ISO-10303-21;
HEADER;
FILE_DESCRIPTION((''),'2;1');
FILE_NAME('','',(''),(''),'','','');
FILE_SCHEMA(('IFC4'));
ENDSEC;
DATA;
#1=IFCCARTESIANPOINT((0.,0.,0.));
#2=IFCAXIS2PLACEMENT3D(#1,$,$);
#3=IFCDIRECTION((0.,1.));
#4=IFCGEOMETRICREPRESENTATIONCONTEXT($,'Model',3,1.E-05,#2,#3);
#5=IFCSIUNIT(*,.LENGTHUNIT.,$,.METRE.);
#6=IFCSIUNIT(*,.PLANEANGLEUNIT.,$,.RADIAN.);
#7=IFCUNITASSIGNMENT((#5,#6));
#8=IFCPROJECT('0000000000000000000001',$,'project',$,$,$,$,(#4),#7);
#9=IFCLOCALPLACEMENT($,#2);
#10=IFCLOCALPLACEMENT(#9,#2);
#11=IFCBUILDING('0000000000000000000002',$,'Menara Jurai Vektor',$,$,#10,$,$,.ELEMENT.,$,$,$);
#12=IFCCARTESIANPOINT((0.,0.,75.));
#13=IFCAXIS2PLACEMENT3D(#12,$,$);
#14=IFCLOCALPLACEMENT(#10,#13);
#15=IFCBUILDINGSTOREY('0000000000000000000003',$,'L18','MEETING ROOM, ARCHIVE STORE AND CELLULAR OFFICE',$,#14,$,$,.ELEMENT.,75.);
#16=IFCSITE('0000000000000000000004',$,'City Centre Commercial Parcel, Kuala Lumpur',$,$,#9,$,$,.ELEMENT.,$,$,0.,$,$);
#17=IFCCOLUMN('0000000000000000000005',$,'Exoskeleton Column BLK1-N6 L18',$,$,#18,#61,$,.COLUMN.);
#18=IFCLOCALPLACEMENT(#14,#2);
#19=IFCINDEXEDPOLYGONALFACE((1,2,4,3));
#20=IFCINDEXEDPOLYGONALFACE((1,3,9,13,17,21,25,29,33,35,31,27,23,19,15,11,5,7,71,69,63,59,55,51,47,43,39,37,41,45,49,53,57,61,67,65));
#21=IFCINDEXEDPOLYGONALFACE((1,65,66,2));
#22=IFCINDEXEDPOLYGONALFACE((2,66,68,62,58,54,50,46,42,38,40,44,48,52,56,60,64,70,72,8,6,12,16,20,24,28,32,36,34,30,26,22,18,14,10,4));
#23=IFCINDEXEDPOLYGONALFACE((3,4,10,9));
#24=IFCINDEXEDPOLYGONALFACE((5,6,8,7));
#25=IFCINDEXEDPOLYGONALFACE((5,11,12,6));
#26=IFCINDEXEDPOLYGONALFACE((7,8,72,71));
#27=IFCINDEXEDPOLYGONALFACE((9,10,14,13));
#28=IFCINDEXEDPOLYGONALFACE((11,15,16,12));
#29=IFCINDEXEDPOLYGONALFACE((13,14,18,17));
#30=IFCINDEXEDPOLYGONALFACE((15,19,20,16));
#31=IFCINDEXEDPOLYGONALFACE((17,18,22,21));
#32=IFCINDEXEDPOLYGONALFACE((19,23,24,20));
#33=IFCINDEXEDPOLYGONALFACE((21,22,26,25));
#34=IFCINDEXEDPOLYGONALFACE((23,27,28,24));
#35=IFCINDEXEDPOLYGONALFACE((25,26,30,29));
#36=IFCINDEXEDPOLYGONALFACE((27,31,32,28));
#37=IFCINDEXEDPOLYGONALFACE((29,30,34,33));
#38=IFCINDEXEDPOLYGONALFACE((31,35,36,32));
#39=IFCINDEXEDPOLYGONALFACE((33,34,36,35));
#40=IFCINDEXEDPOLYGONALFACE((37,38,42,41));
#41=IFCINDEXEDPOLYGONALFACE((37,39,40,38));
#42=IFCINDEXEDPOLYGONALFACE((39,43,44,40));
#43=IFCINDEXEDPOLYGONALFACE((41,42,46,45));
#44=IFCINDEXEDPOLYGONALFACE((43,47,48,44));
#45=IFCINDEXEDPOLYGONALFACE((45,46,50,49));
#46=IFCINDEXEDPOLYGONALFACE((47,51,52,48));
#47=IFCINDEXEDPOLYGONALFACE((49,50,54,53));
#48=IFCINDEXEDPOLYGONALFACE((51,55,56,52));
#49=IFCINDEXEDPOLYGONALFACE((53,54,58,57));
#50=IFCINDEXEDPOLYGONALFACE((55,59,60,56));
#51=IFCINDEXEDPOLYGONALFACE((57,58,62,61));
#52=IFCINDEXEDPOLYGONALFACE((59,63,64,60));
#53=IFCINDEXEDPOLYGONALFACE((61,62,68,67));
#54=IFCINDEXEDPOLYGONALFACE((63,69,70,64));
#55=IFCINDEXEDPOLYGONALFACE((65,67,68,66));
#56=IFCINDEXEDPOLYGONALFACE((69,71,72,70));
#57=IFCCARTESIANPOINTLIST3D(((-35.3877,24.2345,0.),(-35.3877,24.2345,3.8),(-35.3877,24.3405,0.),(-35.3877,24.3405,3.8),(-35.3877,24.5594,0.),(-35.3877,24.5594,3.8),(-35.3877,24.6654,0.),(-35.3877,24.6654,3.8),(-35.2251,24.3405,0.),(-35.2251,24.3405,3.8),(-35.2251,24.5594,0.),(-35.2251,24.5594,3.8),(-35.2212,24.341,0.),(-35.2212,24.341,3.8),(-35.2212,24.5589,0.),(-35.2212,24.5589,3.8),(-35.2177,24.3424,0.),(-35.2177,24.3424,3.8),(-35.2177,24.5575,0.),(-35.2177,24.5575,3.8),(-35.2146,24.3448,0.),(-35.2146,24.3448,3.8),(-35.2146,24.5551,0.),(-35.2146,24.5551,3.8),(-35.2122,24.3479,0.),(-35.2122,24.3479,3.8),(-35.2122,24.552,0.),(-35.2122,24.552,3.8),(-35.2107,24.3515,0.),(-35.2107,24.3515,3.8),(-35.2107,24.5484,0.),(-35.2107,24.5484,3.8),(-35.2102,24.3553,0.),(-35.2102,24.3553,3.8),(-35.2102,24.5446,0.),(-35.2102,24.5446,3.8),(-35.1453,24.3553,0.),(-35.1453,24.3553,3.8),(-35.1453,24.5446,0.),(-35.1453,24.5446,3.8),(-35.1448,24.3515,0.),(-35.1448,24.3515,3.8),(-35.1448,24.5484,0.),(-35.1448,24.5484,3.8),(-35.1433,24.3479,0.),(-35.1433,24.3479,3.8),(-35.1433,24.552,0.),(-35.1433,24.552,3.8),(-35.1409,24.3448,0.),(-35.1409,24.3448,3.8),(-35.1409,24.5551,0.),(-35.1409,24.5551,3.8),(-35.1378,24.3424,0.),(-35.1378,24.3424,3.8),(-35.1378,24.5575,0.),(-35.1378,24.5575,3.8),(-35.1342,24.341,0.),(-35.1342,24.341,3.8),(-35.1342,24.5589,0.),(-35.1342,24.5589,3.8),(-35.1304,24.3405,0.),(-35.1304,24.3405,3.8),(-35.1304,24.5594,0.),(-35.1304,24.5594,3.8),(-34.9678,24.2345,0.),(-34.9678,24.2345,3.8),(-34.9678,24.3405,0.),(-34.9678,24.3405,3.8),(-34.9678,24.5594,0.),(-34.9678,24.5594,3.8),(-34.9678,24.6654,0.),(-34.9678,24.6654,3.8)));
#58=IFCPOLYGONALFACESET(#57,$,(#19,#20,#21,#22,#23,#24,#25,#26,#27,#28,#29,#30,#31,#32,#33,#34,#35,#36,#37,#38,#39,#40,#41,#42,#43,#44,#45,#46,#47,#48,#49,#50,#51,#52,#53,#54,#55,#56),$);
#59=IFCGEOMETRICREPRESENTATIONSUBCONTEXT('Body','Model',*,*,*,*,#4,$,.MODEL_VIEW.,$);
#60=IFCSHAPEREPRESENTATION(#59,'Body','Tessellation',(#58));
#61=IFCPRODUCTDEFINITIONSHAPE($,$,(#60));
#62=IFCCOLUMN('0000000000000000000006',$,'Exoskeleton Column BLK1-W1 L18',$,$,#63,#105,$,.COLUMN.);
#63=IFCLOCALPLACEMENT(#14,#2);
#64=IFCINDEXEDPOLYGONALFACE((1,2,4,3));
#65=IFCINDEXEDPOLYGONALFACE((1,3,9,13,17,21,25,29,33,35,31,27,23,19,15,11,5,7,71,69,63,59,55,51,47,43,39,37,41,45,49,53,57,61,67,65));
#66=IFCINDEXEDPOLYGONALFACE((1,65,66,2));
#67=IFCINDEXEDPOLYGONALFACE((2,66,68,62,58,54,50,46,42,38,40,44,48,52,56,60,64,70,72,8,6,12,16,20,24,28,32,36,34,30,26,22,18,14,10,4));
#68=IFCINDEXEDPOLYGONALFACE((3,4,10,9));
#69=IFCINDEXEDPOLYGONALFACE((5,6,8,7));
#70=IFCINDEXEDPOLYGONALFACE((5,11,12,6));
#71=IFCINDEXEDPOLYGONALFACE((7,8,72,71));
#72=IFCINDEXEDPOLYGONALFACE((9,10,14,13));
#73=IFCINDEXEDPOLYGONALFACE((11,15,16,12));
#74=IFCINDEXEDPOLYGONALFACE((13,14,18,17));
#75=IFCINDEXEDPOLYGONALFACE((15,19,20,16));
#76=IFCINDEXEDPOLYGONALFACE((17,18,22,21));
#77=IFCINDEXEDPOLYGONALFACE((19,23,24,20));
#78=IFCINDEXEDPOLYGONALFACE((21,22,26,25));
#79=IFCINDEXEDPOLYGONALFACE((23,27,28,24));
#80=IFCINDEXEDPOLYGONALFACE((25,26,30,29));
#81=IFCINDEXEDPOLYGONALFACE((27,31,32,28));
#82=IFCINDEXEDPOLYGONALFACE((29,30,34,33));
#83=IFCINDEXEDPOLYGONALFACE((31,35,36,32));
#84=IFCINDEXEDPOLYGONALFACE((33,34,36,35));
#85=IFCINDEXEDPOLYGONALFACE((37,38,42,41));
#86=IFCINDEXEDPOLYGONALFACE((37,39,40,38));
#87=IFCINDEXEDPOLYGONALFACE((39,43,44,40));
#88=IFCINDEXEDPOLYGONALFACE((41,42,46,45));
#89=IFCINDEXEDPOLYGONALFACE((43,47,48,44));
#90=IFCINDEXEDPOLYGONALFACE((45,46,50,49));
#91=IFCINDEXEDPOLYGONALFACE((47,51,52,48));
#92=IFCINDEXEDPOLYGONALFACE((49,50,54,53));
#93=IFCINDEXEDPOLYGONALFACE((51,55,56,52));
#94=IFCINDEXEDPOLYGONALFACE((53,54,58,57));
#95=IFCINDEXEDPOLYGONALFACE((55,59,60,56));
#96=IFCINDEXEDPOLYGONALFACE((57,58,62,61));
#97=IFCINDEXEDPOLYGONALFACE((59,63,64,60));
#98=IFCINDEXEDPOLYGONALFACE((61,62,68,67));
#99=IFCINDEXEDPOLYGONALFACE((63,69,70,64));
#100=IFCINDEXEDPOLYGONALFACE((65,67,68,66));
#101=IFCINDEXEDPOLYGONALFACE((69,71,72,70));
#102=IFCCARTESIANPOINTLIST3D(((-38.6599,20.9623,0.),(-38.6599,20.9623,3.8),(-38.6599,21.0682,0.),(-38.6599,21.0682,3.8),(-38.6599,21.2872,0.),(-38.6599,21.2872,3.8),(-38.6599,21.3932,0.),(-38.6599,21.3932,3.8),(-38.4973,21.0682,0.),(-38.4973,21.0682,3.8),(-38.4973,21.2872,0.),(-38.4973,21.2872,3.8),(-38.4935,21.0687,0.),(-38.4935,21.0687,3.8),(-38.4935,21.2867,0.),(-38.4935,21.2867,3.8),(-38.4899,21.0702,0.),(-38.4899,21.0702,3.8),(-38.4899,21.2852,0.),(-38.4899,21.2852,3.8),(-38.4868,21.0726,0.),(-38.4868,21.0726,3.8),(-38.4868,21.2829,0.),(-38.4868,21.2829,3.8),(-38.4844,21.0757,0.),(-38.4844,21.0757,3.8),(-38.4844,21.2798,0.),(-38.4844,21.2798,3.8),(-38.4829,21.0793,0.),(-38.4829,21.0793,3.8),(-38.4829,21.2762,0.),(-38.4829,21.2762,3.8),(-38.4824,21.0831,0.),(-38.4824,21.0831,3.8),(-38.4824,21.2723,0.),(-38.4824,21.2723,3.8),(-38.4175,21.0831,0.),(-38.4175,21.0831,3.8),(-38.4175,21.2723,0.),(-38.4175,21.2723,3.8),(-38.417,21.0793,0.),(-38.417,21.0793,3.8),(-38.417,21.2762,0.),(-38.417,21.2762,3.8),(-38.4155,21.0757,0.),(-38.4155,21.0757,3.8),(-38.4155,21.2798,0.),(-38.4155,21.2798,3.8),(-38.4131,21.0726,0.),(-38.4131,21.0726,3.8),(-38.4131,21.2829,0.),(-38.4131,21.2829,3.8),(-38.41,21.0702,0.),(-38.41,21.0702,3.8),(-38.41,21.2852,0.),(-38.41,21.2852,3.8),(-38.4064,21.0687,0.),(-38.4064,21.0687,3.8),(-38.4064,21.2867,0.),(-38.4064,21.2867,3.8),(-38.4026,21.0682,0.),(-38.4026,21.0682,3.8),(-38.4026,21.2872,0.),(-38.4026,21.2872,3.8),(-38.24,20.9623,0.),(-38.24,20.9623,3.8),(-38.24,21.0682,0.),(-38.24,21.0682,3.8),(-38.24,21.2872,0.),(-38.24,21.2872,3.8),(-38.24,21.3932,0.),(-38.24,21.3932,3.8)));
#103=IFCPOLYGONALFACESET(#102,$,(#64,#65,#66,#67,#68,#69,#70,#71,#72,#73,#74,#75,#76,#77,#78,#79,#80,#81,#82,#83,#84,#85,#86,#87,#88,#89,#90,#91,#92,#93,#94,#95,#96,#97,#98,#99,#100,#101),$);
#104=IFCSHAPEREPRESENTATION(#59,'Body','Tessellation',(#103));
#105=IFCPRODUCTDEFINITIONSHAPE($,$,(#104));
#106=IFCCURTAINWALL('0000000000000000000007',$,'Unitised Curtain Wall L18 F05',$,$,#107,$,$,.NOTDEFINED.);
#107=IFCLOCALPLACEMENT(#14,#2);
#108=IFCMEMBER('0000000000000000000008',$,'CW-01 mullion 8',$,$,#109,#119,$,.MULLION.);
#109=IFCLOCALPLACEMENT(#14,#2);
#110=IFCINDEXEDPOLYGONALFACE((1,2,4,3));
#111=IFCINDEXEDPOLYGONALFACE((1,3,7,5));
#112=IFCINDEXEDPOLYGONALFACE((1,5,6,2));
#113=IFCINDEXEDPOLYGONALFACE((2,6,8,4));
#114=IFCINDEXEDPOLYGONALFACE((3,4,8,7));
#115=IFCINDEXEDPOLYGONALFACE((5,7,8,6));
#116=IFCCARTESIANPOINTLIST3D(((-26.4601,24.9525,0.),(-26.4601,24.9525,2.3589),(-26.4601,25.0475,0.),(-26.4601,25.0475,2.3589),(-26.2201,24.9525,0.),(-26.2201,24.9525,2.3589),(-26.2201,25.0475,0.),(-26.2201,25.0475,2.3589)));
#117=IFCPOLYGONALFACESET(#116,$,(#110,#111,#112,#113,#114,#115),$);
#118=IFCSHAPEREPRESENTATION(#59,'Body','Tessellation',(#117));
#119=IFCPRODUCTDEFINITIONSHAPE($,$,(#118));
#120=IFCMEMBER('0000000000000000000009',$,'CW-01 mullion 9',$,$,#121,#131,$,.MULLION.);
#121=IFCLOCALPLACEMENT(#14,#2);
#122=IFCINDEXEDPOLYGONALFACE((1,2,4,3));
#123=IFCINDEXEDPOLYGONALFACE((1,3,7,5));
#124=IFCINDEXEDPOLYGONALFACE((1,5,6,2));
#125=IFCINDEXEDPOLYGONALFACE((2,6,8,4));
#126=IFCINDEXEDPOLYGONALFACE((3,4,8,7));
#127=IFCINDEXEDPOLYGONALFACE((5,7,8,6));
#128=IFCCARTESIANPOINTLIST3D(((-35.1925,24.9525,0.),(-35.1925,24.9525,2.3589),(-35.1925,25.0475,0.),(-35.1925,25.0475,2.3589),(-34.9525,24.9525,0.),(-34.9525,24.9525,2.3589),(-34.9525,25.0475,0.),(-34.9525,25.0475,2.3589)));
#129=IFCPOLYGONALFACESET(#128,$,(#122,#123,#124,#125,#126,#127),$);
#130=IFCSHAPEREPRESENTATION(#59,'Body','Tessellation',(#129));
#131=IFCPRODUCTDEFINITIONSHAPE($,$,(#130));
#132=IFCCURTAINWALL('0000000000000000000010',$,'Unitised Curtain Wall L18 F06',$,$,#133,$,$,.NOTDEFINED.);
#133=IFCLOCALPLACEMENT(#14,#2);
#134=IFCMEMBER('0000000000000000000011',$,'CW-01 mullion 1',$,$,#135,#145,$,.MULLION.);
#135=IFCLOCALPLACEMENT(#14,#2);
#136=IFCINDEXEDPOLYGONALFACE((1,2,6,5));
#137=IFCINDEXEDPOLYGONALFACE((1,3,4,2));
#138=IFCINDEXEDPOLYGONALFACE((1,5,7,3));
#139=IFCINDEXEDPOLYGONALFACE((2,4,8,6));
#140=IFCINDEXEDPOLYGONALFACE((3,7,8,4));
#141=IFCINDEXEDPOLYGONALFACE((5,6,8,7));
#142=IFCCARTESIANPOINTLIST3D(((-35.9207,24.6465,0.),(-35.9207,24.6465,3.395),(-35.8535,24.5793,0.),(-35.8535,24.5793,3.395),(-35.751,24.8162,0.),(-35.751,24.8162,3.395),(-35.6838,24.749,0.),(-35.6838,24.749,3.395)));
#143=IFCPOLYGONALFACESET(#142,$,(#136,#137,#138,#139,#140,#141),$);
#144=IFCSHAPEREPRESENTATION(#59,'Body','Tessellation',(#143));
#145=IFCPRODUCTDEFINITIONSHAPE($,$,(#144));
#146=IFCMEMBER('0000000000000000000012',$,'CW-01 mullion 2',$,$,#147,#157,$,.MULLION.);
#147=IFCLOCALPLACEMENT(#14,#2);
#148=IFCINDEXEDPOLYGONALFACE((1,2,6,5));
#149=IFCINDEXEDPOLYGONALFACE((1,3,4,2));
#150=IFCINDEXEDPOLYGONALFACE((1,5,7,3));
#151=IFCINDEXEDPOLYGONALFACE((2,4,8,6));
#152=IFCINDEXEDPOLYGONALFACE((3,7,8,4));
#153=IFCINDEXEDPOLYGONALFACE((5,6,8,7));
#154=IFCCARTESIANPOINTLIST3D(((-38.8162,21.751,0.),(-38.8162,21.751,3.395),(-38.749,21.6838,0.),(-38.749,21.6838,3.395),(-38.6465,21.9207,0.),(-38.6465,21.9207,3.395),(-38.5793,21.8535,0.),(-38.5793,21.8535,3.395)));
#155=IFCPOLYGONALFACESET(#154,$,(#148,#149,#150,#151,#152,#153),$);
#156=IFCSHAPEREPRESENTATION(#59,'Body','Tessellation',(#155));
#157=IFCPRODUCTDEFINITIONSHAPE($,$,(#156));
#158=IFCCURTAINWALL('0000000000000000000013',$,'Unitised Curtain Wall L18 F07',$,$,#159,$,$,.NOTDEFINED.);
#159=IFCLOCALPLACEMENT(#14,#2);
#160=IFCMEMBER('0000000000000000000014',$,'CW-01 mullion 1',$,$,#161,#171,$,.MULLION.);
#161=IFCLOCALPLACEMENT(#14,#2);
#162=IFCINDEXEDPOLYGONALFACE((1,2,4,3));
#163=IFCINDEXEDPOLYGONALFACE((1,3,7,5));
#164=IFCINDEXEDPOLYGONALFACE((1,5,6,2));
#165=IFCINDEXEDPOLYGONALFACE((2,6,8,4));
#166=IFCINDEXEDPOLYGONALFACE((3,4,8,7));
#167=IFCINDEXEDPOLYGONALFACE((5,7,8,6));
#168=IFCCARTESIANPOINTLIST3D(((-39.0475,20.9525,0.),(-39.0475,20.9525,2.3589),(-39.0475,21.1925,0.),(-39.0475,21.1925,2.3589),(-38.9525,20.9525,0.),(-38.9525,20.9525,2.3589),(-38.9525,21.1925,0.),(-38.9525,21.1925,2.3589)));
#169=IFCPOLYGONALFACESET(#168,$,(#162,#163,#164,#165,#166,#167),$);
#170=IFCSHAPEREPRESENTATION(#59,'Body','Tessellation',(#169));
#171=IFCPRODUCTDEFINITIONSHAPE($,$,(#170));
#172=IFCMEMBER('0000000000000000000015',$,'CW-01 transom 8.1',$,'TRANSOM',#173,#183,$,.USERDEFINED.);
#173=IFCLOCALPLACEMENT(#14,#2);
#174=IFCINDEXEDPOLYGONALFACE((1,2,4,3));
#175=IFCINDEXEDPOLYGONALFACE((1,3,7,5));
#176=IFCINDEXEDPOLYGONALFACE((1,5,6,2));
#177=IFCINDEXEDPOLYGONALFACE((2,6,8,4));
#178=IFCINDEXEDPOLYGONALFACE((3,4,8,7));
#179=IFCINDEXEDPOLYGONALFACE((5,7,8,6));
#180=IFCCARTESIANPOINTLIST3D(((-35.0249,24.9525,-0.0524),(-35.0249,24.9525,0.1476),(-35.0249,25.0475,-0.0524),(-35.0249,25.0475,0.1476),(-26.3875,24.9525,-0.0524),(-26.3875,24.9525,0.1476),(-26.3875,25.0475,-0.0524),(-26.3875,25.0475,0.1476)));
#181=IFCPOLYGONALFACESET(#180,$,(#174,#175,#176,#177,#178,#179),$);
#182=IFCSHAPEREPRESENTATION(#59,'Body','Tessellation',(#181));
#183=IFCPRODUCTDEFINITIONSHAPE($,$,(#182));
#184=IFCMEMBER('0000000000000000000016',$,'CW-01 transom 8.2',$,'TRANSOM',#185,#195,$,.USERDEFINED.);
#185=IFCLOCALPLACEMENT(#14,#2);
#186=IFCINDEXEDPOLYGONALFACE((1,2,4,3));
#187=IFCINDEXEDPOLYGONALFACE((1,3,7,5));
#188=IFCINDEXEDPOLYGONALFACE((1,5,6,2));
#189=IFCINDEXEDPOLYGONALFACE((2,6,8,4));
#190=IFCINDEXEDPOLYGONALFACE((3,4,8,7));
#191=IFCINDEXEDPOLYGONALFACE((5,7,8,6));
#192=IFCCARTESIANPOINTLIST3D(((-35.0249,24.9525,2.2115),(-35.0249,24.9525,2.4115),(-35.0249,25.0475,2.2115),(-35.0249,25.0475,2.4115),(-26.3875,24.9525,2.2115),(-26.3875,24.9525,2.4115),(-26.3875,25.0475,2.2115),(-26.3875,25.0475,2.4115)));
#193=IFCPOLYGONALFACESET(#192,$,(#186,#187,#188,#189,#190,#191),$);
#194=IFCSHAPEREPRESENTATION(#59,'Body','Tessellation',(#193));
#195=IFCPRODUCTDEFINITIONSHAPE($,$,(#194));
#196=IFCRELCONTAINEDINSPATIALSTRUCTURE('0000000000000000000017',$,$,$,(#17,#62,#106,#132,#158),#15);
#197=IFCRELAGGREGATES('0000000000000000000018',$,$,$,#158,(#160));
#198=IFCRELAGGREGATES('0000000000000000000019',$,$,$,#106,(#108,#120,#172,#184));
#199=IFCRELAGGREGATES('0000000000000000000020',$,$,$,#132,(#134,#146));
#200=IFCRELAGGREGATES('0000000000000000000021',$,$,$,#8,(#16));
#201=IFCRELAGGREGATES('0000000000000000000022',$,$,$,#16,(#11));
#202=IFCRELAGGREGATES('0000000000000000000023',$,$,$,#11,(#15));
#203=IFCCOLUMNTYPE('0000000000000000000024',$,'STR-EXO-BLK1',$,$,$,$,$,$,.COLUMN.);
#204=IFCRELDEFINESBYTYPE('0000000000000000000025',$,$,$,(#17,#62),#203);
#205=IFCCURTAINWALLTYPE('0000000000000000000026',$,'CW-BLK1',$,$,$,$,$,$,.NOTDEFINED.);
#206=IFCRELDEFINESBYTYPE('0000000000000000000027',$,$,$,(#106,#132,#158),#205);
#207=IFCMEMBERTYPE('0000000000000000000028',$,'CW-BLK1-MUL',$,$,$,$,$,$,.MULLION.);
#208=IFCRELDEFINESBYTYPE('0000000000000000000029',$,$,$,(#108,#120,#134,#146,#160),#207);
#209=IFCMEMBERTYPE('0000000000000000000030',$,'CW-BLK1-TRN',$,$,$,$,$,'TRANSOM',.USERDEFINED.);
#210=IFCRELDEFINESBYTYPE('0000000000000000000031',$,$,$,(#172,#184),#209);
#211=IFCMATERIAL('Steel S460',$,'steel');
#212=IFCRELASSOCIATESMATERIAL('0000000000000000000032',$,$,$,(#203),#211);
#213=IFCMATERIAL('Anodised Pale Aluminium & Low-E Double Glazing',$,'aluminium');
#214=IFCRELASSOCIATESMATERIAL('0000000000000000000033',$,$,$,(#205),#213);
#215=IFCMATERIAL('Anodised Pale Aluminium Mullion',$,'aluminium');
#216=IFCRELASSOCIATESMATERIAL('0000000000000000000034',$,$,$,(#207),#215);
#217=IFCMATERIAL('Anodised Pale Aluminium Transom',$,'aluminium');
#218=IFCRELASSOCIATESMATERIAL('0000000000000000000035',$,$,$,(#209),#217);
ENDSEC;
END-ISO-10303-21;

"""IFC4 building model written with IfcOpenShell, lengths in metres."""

from ifc_helpers import new_model, si_unit, direction, frame, origin, origin_2d, place, context, subcontext, project, spatial, rectangle, i_section, extrude, material, material_profile, profile_set, type_object, element, aggregate, save


model = new_model("IFC4")

# Units and contexts
model_context = context("Model", 3, precision=1e-05, world=origin(), true_north=direction((0.0, 1.0)))
body_context = subcontext(model_context, "Body", "Model", "MODEL_VIEW")
ifc_project = project(units=[si_unit("LENGTHUNIT", "METRE"), si_unit("PLANEANGLEUNIT", "RADIAN")], contexts=[model_context])

# Site, building, storey
site_placement = place(None, origin())
site = spatial("IfcSite", under=ifc_project, at=site_placement, Name="City Centre Commercial Parcel, Kuala Lumpur", CompositionType="ELEMENT", RefElevation=0.0)
building_placement = place(site_placement, origin())
building = spatial("IfcBuilding", under=site, at=building_placement, Name="Menara Jurai Vektor", CompositionType="ELEMENT")
storey_placement = place(building_placement, frame((0.0, 0.0, 75.0)))
storey = spatial("IfcBuildingStorey", under=building, at=storey_placement, Name="L18", Description="MEETING ROOM, ARCHIVE STORE AND CELLULAR OFFICE", CompositionType="ELEMENT", Elevation=75.0)

# Columns
ifc_material_1 = material(Name="Steel S460", Category="steel")
ifc_material_profile_1 = material_profile(ifc_material_1, i_section(OverallWidth=0.4199, OverallDepth=0.4309, WebThickness=0.0649, FlangeThickness=0.106, FilletRadius=0.0149, at=origin_2d()), Name="HD 400x900")
ifc_profile_set_1 = profile_set([ifc_material_profile_1], Name="Steel S460")
column_type = type_object("IfcColumnType", Name="STR-EXO-BLK1", PredefinedType="COLUMN", material=ifc_profile_set_1)
for number, where, z_axis, x_axis, name in (
    (1, (-35.1777, 24.45, 0.0), (0.0, 0.0, 1.0), (1.0, 0.0, 0.0), "Exoskeleton Column BLK1-N6 L18"),
    (2, (-38.45, 21.1777, 0.0), (0.0, 0.0, 1.0), (1.0, 0.0, 0.0), "Exoskeleton Column BLK1-W1 L18"),
):
    element("IfcColumn", number, at=place(storey_placement, frame(where, z_axis=z_axis, x_axis=x_axis)), inside=storey, type_object=column_type, Name=name, PredefinedType="COLUMN", context=body_context, shape_type="SweptSolid", body=[
        extrude(i_section(OverallWidth=0.4199, OverallDepth=0.4309, WebThickness=0.0649, FlangeThickness=0.106, FilletRadius=0.0149, at=origin_2d()), origin(), (0.0, 0.0, 1.0), 3.8),
    ])

# Curtain walls, members
ifc_material_2 = material(Name="Anodised Pale Aluminium & Low-E Double Glazing", Category="aluminium")
curtain_wall_type = type_object("IfcCurtainWallType", Name="CW-BLK1", PredefinedType="NOTDEFINED", material=ifc_material_2)
curtain_wall_1_placement = place(storey_placement, origin())
curtain_wall_1 = element("IfcCurtainWall", 3, at=curtain_wall_1_placement, inside=storey, type_object=curtain_wall_type, Name="Unitised Curtain Wall L18 F05", PredefinedType="NOTDEFINED")
ifc_material_3 = material(Name="Anodised Pale Aluminium Mullion", Category="aluminium")
ifc_material_profile_2 = material_profile(ifc_material_3, rectangle(XDim=0.095, YDim=0.24, at=origin_2d()), Name="ALU MUL 95x240")
ifc_profile_set_2 = profile_set([ifc_material_profile_2], Name="Anodised Pale Aluminium Mullion")
member_type_1 = type_object("IfcMemberType", Name="CW-BLK1-MUL", PredefinedType="MULLION", material=ifc_profile_set_2)
member_1_placement = place(storey_placement, frame((-26.3401, 25.0, 0.0), z_axis=(0.0, 0.0, 1.0), x_axis=(0.0, -1.0, 0.0)))
member_1 = element("IfcMember", 4, at=member_1_placement, type_object=member_type_1, Name="CW-01 mullion 8", PredefinedType="MULLION", context=body_context, shape_type="SweptSolid", body=[
    extrude(rectangle(XDim=0.095, YDim=0.24, at=origin_2d()), origin(), (0.0, 0.0, 1.0), 2.3589),
])
member_2_placement = place(storey_placement, frame((-35.0725, 25.0, 0.0), z_axis=(0.0, 0.0, 1.0), x_axis=(0.0, -1.0, 0.0)))
member_2 = element("IfcMember", 5, at=member_2_placement, type_object=member_type_1, Name="CW-01 mullion 9", PredefinedType="MULLION", context=body_context, shape_type="SweptSolid", body=[
    extrude(rectangle(XDim=0.095, YDim=0.24, at=origin_2d()), origin(), (0.0, 0.0, 1.0), 2.3589),
])
curtain_wall_2_placement = place(storey_placement, origin())
curtain_wall_2 = element("IfcCurtainWall", 6, at=curtain_wall_2_placement, inside=storey, type_object=curtain_wall_type, Name="Unitised Curtain Wall L18 F06", PredefinedType="NOTDEFINED")
member_3_placement = place(storey_placement, frame((-35.8022, 24.6978, 0.0), z_axis=(0.0, 0.0, 1.0), x_axis=(0.707107, -0.707107, 0.0)))
member_3 = element("IfcMember", 7, at=member_3_placement, type_object=member_type_1, Name="CW-01 mullion 1", PredefinedType="MULLION", context=body_context, shape_type="SweptSolid", body=[
    extrude(rectangle(XDim=0.095, YDim=0.24, at=origin_2d()), origin(), (0.0, 0.0, 1.0), 3.395),
])
member_4_placement = place(storey_placement, frame((-38.6978, 21.8022, 0.0), z_axis=(0.0, 0.0, 1.0), x_axis=(0.707107, -0.707107, 0.0)))
member_4 = element("IfcMember", 8, at=member_4_placement, type_object=member_type_1, Name="CW-01 mullion 2", PredefinedType="MULLION", context=body_context, shape_type="SweptSolid", body=[
    extrude(rectangle(XDim=0.095, YDim=0.24, at=origin_2d()), origin(), (0.0, 0.0, 1.0), 3.395),
])

# Curtain wall, member
curtain_wall_3_placement = place(storey_placement, origin())
curtain_wall_3 = element("IfcCurtainWall", 9, at=curtain_wall_3_placement, inside=storey, type_object=curtain_wall_type, Name="Unitised Curtain Wall L18 F07", PredefinedType="NOTDEFINED")
member_5_placement = place(storey_placement, frame((-39.0, 21.0725, 0.0), z_axis=(0.0, 0.0, 1.0), x_axis=(1.0, 0.0, 0.0)))
member_5 = element("IfcMember", 10, at=member_5_placement, type_object=member_type_1, Name="CW-01 mullion 1", PredefinedType="MULLION", context=body_context, shape_type="SweptSolid", body=[
    extrude(rectangle(XDim=0.095, YDim=0.24, at=origin_2d()), origin(), (0.0, 0.0, 1.0), 2.3589),
])
aggregate(curtain_wall_3, [member_5])

# Members
ifc_material_4 = material(Name="Anodised Pale Aluminium Transom", Category="aluminium")
ifc_material_profile_3 = material_profile(ifc_material_4, rectangle(XDim=0.095, YDim=0.2, at=origin_2d()), Name="ALU TRN 95x200")
ifc_profile_set_3 = profile_set([ifc_material_profile_3], Name="Anodised Pale Aluminium Transom")
member_type_2 = type_object("IfcMemberType", Name="CW-BLK1-TRN", ElementType="TRANSOM", PredefinedType="USERDEFINED", material=ifc_profile_set_3)
member_6_placement = place(storey_placement, frame((-26.3875, 25.0, 0.0476), z_axis=(-1.0, 0.0, 0.0), x_axis=(0.0, -1.0, 0.0)))
member_6 = element("IfcMember", 11, at=member_6_placement, type_object=member_type_2, Name="CW-01 transom 8.1", ObjectType="TRANSOM", PredefinedType="USERDEFINED", context=body_context, shape_type="SweptSolid", body=[
    extrude(rectangle(XDim=0.095, YDim=0.2, at=origin_2d()), origin(), (0.0, 0.0, 1.0), 8.6375),
])
member_7_placement = place(storey_placement, frame((-26.3875, 25.0, 2.3115), z_axis=(-1.0, 0.0, 0.0), x_axis=(0.0, -1.0, 0.0)))
member_7 = element("IfcMember", 12, at=member_7_placement, type_object=member_type_2, Name="CW-01 transom 8.2", ObjectType="TRANSOM", PredefinedType="USERDEFINED", context=body_context, shape_type="SweptSolid", body=[
    extrude(rectangle(XDim=0.095, YDim=0.2, at=origin_2d()), origin(), (0.0, 0.0, 1.0), 8.6375),
])

aggregate(curtain_wall_1, [member_1, member_2, member_6, member_7])
aggregate(curtain_wall_2, [member_3, member_4])

save(model, "model.ifc")
